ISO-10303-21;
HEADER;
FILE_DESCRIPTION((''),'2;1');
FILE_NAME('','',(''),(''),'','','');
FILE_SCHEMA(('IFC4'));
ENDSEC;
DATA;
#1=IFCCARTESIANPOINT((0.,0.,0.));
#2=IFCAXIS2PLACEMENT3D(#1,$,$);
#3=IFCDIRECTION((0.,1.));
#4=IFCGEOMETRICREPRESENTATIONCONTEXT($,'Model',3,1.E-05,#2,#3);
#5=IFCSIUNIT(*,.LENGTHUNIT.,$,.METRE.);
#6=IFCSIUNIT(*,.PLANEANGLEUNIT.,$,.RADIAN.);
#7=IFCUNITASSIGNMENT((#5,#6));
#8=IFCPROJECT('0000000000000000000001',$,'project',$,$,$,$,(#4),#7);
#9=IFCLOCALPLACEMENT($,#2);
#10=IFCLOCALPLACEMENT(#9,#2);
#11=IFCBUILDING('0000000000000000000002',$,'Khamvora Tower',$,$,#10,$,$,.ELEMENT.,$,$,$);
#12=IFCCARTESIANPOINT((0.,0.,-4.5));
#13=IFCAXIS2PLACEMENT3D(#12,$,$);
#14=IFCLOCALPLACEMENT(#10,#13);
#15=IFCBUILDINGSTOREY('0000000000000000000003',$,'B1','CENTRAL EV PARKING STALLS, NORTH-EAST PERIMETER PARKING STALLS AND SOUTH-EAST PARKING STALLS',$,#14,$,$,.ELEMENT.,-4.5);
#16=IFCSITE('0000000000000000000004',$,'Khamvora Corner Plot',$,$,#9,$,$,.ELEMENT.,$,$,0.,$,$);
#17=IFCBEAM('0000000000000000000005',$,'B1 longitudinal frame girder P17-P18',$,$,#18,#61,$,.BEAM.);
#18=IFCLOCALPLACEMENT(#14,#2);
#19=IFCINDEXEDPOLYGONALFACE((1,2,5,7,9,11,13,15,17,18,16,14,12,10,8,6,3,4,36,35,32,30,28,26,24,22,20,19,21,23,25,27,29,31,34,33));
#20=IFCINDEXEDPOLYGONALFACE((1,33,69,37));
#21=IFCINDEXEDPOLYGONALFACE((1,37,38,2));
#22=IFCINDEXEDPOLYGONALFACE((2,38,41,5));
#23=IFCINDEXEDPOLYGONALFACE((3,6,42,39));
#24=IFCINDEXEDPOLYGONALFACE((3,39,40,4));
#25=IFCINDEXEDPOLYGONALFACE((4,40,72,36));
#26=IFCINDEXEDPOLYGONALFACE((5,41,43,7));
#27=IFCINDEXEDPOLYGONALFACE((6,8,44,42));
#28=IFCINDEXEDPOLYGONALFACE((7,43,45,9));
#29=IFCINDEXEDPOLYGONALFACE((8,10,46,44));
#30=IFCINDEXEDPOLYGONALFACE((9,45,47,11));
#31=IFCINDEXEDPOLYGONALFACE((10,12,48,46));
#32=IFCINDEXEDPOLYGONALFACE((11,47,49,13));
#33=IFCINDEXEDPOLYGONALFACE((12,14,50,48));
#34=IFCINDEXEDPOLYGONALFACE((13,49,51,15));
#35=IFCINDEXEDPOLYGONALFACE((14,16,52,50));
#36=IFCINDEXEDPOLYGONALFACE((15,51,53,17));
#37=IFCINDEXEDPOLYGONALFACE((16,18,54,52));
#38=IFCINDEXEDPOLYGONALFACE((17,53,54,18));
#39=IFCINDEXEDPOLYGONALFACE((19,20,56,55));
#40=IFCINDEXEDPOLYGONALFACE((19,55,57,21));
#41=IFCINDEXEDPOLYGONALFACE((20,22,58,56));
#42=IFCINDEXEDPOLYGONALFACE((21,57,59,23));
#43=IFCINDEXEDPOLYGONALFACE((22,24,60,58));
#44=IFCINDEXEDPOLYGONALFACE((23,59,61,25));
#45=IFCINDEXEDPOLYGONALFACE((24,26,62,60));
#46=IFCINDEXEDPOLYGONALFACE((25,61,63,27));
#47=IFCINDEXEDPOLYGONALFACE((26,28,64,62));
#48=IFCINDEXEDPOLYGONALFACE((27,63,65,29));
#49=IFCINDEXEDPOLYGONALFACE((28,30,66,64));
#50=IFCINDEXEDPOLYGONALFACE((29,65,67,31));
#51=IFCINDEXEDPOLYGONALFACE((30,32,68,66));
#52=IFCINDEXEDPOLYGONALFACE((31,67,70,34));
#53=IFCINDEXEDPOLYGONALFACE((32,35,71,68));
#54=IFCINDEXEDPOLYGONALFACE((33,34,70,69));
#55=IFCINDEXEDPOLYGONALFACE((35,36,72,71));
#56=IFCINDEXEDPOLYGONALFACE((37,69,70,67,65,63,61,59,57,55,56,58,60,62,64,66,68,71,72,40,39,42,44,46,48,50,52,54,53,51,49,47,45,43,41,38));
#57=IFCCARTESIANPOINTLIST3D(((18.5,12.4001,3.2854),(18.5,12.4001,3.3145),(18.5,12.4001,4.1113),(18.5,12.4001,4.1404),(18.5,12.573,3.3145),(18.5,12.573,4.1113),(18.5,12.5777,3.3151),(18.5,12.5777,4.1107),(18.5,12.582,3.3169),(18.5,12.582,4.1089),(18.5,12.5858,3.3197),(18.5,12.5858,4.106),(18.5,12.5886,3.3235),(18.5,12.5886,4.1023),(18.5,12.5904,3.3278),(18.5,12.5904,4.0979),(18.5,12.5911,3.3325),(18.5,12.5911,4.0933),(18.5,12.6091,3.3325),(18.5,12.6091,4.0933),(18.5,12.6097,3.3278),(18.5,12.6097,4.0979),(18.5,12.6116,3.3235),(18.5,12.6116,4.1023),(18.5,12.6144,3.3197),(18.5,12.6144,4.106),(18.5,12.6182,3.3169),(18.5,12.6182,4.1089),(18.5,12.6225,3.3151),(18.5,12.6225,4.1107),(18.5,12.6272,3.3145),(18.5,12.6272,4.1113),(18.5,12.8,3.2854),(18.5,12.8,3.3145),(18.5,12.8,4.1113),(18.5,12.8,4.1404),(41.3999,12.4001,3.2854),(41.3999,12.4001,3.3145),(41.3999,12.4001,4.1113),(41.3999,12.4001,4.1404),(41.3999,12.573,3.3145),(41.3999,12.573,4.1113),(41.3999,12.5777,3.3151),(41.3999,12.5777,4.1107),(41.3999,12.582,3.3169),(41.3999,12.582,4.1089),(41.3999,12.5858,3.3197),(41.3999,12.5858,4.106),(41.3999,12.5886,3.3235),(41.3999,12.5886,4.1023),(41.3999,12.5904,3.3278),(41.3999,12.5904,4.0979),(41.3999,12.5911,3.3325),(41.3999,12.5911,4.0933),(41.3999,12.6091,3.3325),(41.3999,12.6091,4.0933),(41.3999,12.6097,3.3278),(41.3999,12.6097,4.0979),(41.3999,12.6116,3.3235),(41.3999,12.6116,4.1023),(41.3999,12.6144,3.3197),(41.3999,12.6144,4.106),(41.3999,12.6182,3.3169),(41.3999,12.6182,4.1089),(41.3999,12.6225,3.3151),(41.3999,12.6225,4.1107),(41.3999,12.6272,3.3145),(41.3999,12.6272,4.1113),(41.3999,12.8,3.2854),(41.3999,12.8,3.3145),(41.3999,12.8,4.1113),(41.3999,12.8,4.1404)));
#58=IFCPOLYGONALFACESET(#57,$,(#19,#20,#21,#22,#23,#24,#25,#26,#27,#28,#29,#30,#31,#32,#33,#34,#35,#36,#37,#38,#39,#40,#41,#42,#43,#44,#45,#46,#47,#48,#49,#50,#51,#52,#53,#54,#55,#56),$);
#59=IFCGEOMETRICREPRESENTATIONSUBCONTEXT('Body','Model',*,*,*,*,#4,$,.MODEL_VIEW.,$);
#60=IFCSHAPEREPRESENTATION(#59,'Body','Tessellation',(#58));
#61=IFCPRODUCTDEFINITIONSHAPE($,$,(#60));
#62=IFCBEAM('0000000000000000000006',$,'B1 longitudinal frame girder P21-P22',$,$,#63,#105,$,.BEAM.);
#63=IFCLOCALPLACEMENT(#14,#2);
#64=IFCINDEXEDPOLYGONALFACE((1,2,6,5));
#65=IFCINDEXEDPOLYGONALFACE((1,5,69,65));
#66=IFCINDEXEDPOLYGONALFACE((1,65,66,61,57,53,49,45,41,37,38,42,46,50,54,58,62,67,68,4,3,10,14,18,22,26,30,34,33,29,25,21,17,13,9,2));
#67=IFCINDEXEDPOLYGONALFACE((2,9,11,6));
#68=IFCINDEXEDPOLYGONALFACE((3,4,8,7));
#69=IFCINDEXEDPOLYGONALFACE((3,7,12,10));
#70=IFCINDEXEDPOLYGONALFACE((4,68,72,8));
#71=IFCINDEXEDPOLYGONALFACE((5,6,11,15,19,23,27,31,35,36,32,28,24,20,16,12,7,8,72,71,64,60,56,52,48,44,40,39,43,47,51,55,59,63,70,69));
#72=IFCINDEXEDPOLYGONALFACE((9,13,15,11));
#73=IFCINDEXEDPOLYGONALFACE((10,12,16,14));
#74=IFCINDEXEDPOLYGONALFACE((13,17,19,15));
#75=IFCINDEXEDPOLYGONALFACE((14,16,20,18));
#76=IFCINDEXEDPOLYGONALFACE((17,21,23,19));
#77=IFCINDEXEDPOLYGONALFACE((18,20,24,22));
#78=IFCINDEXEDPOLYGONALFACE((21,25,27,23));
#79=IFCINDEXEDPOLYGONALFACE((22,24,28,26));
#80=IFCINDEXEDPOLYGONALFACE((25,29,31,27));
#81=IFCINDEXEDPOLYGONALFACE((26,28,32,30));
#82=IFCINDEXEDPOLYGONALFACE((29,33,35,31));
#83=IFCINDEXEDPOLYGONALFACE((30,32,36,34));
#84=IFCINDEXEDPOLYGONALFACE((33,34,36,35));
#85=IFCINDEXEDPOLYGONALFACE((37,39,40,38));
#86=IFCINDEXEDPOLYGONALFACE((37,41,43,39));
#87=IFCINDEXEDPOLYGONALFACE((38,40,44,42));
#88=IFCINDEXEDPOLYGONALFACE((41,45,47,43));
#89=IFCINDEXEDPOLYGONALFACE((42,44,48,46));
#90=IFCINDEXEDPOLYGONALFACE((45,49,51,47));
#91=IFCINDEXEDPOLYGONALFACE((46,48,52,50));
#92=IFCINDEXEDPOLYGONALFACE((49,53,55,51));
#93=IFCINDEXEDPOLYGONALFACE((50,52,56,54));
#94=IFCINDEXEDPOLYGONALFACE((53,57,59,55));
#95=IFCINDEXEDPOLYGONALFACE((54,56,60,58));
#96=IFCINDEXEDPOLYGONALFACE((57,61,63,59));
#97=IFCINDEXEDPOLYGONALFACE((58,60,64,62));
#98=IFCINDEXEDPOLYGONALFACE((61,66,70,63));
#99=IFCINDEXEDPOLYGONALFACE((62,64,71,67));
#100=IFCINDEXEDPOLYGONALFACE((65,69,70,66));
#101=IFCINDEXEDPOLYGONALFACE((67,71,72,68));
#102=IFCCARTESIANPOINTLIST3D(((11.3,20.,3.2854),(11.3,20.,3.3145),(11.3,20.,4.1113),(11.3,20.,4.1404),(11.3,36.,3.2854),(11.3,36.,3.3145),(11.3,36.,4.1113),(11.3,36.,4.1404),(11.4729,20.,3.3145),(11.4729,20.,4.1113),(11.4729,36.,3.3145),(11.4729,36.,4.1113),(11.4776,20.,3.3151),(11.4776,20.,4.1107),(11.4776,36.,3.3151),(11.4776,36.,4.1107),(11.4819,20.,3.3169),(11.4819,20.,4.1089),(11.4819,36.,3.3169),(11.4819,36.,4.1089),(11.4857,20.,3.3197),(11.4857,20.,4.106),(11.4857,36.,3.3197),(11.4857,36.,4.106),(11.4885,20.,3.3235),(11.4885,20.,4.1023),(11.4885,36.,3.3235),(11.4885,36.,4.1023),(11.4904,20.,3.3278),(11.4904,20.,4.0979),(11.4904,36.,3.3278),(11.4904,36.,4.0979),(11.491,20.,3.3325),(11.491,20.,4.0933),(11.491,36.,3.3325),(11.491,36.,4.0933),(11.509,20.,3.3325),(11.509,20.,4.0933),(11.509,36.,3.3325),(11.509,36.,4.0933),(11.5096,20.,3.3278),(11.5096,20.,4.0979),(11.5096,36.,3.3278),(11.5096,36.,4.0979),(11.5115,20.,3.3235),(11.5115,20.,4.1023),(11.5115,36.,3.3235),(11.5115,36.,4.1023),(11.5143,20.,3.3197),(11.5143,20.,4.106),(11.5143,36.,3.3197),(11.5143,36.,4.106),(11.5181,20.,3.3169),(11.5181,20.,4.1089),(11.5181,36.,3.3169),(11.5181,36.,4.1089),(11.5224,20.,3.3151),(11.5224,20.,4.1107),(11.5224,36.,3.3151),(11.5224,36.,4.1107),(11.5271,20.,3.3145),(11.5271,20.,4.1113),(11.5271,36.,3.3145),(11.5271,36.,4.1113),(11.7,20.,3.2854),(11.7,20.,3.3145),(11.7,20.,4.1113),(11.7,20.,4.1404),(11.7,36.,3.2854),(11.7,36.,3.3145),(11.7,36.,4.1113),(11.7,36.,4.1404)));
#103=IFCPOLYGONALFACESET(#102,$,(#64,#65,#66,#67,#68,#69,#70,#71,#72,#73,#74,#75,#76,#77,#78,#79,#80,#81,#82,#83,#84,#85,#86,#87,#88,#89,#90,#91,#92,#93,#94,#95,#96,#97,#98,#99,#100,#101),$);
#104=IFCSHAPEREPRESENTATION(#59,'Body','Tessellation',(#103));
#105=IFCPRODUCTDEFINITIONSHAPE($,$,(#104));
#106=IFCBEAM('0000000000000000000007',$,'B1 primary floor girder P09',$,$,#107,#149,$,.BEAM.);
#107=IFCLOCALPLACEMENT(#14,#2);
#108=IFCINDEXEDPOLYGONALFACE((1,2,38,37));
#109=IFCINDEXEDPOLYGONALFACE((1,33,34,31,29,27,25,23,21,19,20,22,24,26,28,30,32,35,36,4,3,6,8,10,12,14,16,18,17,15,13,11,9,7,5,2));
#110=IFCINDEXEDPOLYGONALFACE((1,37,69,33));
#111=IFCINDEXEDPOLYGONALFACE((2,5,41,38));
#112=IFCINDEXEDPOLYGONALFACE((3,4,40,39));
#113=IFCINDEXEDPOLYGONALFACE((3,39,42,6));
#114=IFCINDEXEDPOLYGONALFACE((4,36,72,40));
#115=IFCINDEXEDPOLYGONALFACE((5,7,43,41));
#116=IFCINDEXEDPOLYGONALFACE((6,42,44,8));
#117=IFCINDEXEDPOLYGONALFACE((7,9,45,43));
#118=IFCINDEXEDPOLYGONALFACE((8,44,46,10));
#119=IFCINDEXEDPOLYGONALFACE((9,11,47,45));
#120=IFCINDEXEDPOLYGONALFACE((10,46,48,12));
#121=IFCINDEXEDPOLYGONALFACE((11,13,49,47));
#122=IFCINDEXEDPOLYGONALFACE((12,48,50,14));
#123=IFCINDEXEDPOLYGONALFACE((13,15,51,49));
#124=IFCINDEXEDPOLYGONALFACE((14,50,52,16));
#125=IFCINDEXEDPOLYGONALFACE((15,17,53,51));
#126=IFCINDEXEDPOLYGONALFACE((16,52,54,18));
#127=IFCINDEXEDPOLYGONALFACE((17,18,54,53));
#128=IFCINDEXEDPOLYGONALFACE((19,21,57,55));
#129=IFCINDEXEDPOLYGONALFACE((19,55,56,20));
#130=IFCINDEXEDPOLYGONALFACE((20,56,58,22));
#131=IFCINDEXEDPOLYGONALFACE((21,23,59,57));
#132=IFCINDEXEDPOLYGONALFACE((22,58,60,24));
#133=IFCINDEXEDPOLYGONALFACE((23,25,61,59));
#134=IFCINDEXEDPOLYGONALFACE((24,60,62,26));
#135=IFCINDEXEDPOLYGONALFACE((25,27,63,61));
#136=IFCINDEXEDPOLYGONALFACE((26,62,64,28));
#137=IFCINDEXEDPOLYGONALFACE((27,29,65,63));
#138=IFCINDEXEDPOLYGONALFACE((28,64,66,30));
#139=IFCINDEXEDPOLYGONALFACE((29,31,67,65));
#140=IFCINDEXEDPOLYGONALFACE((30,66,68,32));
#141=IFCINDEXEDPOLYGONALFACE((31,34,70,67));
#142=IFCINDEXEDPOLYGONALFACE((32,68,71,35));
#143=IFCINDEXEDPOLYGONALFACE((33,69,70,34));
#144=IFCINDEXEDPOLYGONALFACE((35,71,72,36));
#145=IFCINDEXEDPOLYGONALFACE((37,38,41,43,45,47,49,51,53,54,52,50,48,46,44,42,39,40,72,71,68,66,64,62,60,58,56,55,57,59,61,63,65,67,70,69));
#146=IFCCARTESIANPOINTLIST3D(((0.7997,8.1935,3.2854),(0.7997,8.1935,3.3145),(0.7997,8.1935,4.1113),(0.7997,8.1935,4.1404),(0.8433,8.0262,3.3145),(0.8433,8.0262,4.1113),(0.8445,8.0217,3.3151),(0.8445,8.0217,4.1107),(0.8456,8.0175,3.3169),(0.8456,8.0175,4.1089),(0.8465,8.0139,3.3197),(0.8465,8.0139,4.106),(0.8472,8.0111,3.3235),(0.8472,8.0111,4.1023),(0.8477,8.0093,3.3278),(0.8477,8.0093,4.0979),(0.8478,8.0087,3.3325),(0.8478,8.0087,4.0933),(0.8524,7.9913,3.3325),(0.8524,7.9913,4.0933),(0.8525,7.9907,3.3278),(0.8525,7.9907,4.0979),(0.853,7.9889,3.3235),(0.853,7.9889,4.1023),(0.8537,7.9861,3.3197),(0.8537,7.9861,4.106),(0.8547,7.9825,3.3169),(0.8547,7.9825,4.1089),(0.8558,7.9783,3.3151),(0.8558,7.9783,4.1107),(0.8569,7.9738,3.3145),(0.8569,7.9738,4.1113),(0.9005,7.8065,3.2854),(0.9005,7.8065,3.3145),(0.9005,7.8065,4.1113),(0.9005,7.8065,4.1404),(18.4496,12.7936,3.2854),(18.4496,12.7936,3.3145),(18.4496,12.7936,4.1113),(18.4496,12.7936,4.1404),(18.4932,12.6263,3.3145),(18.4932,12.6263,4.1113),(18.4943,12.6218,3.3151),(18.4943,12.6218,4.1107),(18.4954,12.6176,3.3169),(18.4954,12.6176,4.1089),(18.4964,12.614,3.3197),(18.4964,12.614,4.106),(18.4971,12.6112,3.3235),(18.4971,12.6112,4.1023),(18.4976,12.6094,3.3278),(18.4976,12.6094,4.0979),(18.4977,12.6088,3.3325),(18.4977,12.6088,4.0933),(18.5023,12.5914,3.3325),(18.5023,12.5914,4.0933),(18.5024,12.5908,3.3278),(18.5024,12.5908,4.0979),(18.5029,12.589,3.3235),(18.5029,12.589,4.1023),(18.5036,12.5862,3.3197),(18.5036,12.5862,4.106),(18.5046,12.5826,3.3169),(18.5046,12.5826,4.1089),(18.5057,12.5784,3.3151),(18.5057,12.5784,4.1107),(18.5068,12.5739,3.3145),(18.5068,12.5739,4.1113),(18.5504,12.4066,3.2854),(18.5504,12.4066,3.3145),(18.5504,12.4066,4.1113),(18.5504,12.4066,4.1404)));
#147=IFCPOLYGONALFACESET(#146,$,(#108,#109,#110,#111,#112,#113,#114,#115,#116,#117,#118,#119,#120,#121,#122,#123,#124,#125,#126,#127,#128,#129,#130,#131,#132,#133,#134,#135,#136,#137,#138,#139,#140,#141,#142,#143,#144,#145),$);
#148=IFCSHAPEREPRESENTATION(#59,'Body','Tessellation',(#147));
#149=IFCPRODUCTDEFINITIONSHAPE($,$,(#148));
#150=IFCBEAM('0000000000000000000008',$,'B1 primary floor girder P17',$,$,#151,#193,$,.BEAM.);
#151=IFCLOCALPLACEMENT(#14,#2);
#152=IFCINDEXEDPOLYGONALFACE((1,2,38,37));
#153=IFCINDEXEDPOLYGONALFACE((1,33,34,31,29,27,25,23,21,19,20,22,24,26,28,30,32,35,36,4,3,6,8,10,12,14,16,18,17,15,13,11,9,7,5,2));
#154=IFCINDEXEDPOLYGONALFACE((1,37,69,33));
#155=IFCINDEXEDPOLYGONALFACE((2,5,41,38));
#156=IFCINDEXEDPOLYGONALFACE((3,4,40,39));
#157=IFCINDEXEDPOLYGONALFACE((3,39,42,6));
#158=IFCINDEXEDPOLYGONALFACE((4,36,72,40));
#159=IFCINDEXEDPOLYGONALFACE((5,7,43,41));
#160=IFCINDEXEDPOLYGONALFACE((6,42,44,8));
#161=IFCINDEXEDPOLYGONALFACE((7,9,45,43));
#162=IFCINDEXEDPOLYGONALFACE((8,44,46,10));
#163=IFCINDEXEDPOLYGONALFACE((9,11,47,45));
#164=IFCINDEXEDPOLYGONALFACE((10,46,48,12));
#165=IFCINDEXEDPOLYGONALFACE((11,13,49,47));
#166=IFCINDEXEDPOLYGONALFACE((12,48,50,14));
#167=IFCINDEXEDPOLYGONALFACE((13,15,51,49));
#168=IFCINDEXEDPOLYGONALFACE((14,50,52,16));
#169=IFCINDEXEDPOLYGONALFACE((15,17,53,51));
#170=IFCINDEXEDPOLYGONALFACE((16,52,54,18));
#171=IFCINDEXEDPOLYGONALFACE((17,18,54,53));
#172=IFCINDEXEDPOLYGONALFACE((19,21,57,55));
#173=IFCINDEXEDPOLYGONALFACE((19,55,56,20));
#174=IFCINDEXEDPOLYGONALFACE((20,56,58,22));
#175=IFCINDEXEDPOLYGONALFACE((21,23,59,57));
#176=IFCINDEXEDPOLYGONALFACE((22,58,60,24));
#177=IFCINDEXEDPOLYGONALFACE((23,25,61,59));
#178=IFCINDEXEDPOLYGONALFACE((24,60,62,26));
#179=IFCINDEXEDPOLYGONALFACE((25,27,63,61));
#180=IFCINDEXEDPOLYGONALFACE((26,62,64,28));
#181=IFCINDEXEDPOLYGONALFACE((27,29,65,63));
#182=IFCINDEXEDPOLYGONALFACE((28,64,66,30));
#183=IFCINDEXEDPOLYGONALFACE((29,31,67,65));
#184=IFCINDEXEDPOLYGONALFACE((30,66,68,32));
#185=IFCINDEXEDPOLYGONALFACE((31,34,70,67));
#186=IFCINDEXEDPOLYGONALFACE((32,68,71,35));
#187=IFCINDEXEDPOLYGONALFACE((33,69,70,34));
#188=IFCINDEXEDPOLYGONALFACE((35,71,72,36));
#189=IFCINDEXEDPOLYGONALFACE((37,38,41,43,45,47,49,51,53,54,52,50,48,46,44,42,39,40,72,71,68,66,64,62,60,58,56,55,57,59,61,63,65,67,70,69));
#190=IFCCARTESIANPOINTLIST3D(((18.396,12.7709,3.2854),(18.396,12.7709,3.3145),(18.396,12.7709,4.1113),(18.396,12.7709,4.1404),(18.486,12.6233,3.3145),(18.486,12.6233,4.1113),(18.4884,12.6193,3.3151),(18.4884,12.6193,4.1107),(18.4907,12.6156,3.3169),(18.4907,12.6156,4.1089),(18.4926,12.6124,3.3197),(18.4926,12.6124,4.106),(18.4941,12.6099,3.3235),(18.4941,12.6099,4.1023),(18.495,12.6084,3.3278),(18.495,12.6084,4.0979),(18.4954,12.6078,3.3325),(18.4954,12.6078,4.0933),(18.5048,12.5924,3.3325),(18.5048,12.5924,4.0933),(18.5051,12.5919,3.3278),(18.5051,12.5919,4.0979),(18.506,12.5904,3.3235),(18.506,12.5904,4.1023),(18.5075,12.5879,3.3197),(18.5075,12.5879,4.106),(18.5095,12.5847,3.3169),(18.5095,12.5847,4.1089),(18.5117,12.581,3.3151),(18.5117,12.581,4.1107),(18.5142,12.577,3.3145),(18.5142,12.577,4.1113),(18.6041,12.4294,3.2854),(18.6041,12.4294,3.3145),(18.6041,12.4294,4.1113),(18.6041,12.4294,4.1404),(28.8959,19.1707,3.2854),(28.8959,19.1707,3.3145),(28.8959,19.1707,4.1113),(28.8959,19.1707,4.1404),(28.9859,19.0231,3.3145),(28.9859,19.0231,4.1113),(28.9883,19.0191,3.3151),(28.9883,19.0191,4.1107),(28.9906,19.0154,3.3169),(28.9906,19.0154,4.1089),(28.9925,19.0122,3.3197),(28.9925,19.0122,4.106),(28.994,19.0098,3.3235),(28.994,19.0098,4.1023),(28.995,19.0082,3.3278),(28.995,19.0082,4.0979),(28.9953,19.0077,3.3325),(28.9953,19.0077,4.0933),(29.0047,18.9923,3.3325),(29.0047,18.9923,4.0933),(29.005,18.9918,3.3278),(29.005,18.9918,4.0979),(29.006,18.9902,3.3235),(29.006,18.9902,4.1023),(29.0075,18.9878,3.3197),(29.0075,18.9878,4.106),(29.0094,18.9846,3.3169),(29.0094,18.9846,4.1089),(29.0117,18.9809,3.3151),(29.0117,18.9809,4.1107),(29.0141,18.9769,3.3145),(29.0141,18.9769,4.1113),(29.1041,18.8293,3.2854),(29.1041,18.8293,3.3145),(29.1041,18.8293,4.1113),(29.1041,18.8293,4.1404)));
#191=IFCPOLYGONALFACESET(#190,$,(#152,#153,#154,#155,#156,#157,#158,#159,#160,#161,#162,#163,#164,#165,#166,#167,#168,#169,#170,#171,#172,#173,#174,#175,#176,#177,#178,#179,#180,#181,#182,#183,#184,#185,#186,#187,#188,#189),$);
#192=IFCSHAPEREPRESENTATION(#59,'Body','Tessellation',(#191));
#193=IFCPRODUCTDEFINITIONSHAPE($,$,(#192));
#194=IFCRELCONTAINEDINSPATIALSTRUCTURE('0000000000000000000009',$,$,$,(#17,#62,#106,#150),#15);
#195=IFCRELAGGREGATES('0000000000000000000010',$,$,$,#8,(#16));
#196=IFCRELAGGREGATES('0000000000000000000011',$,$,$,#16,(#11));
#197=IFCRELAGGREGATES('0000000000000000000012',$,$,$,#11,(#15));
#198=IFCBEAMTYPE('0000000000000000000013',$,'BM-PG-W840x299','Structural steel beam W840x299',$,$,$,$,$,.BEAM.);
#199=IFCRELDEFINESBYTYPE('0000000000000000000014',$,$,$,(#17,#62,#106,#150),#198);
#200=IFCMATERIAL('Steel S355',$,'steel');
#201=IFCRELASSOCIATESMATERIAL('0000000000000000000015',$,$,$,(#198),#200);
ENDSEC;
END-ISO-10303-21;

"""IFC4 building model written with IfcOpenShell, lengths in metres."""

from ifc_helpers import new_model, si_unit, direction, frame, origin, origin_2d, place, context, subcontext, project, spatial, i_section, extrude, material, material_profile, profile_set, type_object, element, save


model = new_model("IFC4")

# Units and contexts
model_context = context("Model", 3, precision=1e-05, world=origin(), true_north=direction((0.0, 1.0)))
body_context = subcontext(model_context, "Body", "Model", "MODEL_VIEW")
ifc_project = project(units=[si_unit("LENGTHUNIT", "METRE"), si_unit("PLANEANGLEUNIT", "RADIAN")], contexts=[model_context])

# Site, building, storey
site_placement = place(None, origin())
site = spatial("IfcSite", under=ifc_project, at=site_placement, Name="Khamvora Corner Plot", CompositionType="ELEMENT", RefElevation=0.0)
building_placement = place(site_placement, origin())
building = spatial("IfcBuilding", under=site, at=building_placement, Name="Khamvora Tower", CompositionType="ELEMENT")
storey_placement = place(building_placement, frame((0.0, 0.0, -4.5)))
storey = spatial("IfcBuildingStorey", under=building, at=storey_placement, Name="B1", Description="CENTRAL EV PARKING STALLS, NORTH-EAST PERIMETER PARKING STALLS AND SOUTH-EAST PARKING STALLS", CompositionType="ELEMENT", Elevation=-4.5)

# Beams
ifc_material_1 = material(Name="Steel S355", Category="steel")
ifc_material_profile_1 = material_profile(ifc_material_1, i_section(OverallWidth=0.3999, OverallDepth=0.855, WebThickness=0.0181, FlangeThickness=0.0291, FilletRadius=0.0181, at=origin_2d()), Name="W840x299")
ifc_profile_set_1 = profile_set([ifc_material_profile_1], Name="Steel S355")
beam_type_1 = type_object("IfcBeamType", Name="BM-PG-W840x299", Description="Structural steel beam W840x299", PredefinedType="BEAM", material=ifc_profile_set_1)
beam_1_placement = place(storey_placement, frame((18.5, 12.6001, 3.7129), z_axis=(1.0, 0.0, 0.0), x_axis=(0.0, 1.0, 0.0)))
element("IfcBeam", 1, at=beam_1_placement, inside=storey, type_object=beam_type_1, Name="B1 longitudinal frame girder P17-P18", PredefinedType="BEAM", context=body_context, shape_type="SweptSolid", body=[
    extrude(i_section(OverallWidth=0.3999, OverallDepth=0.855, WebThickness=0.0181, FlangeThickness=0.0291, FilletRadius=0.0181, at=origin_2d()), origin(), (0.0, 0.0, 1.0), 22.8999),
])
beam_2_placement = place(storey_placement, frame((11.5, 20.0, 3.7129), z_axis=(0.0, 1.0, 0.0), x_axis=(-1.0, 0.0, 0.0)))
element("IfcBeam", 2, at=beam_2_placement, inside=storey, type_object=beam_type_1, Name="B1 longitudinal frame girder P21-P22", PredefinedType="BEAM", context=body_context, shape_type="SweptSolid", body=[
    extrude(i_section(OverallWidth=0.3999, OverallDepth=0.855, WebThickness=0.0181, FlangeThickness=0.0291, FilletRadius=0.0181, at=origin_2d()), origin(), (0.0, 0.0, 1.0), 16.0),
])
beam_3_placement = place(storey_placement, frame((18.5, 12.6001, 3.7129), z_axis=(-0.967674, -0.252205, 0.0), x_axis=(0.252205, -0.967674, 0.0)))
element("IfcBeam", 3, at=beam_3_placement, inside=storey, type_object=beam_type_1, Name="B1 primary floor girder P09", PredefinedType="BEAM", context=body_context, shape_type="SweptSolid", body=[
    extrude(i_section(OverallWidth=0.3999, OverallDepth=0.855, WebThickness=0.0181, FlangeThickness=0.0291, FilletRadius=0.0181, at=origin_2d()), origin(), (0.0, 0.0, 1.0), 18.2395),
])
beam_4_placement = place(storey_placement, frame((29.0, 19.0, 3.7129), z_axis=(-0.853888, -0.520457, 0.0), x_axis=(0.520457, -0.853888, 0.0)))
element("IfcBeam", 4, at=beam_4_placement, inside=storey, type_object=beam_type_1, Name="B1 primary floor girder P17", PredefinedType="BEAM", context=body_context, shape_type="SweptSolid", body=[
    extrude(i_section(OverallWidth=0.3999, OverallDepth=0.855, WebThickness=0.0181, FlangeThickness=0.0291, FilletRadius=0.0181, at=origin_2d()), origin(), (0.0, 0.0, 1.0), 12.2966),
])

save(model, "model.ifc")
